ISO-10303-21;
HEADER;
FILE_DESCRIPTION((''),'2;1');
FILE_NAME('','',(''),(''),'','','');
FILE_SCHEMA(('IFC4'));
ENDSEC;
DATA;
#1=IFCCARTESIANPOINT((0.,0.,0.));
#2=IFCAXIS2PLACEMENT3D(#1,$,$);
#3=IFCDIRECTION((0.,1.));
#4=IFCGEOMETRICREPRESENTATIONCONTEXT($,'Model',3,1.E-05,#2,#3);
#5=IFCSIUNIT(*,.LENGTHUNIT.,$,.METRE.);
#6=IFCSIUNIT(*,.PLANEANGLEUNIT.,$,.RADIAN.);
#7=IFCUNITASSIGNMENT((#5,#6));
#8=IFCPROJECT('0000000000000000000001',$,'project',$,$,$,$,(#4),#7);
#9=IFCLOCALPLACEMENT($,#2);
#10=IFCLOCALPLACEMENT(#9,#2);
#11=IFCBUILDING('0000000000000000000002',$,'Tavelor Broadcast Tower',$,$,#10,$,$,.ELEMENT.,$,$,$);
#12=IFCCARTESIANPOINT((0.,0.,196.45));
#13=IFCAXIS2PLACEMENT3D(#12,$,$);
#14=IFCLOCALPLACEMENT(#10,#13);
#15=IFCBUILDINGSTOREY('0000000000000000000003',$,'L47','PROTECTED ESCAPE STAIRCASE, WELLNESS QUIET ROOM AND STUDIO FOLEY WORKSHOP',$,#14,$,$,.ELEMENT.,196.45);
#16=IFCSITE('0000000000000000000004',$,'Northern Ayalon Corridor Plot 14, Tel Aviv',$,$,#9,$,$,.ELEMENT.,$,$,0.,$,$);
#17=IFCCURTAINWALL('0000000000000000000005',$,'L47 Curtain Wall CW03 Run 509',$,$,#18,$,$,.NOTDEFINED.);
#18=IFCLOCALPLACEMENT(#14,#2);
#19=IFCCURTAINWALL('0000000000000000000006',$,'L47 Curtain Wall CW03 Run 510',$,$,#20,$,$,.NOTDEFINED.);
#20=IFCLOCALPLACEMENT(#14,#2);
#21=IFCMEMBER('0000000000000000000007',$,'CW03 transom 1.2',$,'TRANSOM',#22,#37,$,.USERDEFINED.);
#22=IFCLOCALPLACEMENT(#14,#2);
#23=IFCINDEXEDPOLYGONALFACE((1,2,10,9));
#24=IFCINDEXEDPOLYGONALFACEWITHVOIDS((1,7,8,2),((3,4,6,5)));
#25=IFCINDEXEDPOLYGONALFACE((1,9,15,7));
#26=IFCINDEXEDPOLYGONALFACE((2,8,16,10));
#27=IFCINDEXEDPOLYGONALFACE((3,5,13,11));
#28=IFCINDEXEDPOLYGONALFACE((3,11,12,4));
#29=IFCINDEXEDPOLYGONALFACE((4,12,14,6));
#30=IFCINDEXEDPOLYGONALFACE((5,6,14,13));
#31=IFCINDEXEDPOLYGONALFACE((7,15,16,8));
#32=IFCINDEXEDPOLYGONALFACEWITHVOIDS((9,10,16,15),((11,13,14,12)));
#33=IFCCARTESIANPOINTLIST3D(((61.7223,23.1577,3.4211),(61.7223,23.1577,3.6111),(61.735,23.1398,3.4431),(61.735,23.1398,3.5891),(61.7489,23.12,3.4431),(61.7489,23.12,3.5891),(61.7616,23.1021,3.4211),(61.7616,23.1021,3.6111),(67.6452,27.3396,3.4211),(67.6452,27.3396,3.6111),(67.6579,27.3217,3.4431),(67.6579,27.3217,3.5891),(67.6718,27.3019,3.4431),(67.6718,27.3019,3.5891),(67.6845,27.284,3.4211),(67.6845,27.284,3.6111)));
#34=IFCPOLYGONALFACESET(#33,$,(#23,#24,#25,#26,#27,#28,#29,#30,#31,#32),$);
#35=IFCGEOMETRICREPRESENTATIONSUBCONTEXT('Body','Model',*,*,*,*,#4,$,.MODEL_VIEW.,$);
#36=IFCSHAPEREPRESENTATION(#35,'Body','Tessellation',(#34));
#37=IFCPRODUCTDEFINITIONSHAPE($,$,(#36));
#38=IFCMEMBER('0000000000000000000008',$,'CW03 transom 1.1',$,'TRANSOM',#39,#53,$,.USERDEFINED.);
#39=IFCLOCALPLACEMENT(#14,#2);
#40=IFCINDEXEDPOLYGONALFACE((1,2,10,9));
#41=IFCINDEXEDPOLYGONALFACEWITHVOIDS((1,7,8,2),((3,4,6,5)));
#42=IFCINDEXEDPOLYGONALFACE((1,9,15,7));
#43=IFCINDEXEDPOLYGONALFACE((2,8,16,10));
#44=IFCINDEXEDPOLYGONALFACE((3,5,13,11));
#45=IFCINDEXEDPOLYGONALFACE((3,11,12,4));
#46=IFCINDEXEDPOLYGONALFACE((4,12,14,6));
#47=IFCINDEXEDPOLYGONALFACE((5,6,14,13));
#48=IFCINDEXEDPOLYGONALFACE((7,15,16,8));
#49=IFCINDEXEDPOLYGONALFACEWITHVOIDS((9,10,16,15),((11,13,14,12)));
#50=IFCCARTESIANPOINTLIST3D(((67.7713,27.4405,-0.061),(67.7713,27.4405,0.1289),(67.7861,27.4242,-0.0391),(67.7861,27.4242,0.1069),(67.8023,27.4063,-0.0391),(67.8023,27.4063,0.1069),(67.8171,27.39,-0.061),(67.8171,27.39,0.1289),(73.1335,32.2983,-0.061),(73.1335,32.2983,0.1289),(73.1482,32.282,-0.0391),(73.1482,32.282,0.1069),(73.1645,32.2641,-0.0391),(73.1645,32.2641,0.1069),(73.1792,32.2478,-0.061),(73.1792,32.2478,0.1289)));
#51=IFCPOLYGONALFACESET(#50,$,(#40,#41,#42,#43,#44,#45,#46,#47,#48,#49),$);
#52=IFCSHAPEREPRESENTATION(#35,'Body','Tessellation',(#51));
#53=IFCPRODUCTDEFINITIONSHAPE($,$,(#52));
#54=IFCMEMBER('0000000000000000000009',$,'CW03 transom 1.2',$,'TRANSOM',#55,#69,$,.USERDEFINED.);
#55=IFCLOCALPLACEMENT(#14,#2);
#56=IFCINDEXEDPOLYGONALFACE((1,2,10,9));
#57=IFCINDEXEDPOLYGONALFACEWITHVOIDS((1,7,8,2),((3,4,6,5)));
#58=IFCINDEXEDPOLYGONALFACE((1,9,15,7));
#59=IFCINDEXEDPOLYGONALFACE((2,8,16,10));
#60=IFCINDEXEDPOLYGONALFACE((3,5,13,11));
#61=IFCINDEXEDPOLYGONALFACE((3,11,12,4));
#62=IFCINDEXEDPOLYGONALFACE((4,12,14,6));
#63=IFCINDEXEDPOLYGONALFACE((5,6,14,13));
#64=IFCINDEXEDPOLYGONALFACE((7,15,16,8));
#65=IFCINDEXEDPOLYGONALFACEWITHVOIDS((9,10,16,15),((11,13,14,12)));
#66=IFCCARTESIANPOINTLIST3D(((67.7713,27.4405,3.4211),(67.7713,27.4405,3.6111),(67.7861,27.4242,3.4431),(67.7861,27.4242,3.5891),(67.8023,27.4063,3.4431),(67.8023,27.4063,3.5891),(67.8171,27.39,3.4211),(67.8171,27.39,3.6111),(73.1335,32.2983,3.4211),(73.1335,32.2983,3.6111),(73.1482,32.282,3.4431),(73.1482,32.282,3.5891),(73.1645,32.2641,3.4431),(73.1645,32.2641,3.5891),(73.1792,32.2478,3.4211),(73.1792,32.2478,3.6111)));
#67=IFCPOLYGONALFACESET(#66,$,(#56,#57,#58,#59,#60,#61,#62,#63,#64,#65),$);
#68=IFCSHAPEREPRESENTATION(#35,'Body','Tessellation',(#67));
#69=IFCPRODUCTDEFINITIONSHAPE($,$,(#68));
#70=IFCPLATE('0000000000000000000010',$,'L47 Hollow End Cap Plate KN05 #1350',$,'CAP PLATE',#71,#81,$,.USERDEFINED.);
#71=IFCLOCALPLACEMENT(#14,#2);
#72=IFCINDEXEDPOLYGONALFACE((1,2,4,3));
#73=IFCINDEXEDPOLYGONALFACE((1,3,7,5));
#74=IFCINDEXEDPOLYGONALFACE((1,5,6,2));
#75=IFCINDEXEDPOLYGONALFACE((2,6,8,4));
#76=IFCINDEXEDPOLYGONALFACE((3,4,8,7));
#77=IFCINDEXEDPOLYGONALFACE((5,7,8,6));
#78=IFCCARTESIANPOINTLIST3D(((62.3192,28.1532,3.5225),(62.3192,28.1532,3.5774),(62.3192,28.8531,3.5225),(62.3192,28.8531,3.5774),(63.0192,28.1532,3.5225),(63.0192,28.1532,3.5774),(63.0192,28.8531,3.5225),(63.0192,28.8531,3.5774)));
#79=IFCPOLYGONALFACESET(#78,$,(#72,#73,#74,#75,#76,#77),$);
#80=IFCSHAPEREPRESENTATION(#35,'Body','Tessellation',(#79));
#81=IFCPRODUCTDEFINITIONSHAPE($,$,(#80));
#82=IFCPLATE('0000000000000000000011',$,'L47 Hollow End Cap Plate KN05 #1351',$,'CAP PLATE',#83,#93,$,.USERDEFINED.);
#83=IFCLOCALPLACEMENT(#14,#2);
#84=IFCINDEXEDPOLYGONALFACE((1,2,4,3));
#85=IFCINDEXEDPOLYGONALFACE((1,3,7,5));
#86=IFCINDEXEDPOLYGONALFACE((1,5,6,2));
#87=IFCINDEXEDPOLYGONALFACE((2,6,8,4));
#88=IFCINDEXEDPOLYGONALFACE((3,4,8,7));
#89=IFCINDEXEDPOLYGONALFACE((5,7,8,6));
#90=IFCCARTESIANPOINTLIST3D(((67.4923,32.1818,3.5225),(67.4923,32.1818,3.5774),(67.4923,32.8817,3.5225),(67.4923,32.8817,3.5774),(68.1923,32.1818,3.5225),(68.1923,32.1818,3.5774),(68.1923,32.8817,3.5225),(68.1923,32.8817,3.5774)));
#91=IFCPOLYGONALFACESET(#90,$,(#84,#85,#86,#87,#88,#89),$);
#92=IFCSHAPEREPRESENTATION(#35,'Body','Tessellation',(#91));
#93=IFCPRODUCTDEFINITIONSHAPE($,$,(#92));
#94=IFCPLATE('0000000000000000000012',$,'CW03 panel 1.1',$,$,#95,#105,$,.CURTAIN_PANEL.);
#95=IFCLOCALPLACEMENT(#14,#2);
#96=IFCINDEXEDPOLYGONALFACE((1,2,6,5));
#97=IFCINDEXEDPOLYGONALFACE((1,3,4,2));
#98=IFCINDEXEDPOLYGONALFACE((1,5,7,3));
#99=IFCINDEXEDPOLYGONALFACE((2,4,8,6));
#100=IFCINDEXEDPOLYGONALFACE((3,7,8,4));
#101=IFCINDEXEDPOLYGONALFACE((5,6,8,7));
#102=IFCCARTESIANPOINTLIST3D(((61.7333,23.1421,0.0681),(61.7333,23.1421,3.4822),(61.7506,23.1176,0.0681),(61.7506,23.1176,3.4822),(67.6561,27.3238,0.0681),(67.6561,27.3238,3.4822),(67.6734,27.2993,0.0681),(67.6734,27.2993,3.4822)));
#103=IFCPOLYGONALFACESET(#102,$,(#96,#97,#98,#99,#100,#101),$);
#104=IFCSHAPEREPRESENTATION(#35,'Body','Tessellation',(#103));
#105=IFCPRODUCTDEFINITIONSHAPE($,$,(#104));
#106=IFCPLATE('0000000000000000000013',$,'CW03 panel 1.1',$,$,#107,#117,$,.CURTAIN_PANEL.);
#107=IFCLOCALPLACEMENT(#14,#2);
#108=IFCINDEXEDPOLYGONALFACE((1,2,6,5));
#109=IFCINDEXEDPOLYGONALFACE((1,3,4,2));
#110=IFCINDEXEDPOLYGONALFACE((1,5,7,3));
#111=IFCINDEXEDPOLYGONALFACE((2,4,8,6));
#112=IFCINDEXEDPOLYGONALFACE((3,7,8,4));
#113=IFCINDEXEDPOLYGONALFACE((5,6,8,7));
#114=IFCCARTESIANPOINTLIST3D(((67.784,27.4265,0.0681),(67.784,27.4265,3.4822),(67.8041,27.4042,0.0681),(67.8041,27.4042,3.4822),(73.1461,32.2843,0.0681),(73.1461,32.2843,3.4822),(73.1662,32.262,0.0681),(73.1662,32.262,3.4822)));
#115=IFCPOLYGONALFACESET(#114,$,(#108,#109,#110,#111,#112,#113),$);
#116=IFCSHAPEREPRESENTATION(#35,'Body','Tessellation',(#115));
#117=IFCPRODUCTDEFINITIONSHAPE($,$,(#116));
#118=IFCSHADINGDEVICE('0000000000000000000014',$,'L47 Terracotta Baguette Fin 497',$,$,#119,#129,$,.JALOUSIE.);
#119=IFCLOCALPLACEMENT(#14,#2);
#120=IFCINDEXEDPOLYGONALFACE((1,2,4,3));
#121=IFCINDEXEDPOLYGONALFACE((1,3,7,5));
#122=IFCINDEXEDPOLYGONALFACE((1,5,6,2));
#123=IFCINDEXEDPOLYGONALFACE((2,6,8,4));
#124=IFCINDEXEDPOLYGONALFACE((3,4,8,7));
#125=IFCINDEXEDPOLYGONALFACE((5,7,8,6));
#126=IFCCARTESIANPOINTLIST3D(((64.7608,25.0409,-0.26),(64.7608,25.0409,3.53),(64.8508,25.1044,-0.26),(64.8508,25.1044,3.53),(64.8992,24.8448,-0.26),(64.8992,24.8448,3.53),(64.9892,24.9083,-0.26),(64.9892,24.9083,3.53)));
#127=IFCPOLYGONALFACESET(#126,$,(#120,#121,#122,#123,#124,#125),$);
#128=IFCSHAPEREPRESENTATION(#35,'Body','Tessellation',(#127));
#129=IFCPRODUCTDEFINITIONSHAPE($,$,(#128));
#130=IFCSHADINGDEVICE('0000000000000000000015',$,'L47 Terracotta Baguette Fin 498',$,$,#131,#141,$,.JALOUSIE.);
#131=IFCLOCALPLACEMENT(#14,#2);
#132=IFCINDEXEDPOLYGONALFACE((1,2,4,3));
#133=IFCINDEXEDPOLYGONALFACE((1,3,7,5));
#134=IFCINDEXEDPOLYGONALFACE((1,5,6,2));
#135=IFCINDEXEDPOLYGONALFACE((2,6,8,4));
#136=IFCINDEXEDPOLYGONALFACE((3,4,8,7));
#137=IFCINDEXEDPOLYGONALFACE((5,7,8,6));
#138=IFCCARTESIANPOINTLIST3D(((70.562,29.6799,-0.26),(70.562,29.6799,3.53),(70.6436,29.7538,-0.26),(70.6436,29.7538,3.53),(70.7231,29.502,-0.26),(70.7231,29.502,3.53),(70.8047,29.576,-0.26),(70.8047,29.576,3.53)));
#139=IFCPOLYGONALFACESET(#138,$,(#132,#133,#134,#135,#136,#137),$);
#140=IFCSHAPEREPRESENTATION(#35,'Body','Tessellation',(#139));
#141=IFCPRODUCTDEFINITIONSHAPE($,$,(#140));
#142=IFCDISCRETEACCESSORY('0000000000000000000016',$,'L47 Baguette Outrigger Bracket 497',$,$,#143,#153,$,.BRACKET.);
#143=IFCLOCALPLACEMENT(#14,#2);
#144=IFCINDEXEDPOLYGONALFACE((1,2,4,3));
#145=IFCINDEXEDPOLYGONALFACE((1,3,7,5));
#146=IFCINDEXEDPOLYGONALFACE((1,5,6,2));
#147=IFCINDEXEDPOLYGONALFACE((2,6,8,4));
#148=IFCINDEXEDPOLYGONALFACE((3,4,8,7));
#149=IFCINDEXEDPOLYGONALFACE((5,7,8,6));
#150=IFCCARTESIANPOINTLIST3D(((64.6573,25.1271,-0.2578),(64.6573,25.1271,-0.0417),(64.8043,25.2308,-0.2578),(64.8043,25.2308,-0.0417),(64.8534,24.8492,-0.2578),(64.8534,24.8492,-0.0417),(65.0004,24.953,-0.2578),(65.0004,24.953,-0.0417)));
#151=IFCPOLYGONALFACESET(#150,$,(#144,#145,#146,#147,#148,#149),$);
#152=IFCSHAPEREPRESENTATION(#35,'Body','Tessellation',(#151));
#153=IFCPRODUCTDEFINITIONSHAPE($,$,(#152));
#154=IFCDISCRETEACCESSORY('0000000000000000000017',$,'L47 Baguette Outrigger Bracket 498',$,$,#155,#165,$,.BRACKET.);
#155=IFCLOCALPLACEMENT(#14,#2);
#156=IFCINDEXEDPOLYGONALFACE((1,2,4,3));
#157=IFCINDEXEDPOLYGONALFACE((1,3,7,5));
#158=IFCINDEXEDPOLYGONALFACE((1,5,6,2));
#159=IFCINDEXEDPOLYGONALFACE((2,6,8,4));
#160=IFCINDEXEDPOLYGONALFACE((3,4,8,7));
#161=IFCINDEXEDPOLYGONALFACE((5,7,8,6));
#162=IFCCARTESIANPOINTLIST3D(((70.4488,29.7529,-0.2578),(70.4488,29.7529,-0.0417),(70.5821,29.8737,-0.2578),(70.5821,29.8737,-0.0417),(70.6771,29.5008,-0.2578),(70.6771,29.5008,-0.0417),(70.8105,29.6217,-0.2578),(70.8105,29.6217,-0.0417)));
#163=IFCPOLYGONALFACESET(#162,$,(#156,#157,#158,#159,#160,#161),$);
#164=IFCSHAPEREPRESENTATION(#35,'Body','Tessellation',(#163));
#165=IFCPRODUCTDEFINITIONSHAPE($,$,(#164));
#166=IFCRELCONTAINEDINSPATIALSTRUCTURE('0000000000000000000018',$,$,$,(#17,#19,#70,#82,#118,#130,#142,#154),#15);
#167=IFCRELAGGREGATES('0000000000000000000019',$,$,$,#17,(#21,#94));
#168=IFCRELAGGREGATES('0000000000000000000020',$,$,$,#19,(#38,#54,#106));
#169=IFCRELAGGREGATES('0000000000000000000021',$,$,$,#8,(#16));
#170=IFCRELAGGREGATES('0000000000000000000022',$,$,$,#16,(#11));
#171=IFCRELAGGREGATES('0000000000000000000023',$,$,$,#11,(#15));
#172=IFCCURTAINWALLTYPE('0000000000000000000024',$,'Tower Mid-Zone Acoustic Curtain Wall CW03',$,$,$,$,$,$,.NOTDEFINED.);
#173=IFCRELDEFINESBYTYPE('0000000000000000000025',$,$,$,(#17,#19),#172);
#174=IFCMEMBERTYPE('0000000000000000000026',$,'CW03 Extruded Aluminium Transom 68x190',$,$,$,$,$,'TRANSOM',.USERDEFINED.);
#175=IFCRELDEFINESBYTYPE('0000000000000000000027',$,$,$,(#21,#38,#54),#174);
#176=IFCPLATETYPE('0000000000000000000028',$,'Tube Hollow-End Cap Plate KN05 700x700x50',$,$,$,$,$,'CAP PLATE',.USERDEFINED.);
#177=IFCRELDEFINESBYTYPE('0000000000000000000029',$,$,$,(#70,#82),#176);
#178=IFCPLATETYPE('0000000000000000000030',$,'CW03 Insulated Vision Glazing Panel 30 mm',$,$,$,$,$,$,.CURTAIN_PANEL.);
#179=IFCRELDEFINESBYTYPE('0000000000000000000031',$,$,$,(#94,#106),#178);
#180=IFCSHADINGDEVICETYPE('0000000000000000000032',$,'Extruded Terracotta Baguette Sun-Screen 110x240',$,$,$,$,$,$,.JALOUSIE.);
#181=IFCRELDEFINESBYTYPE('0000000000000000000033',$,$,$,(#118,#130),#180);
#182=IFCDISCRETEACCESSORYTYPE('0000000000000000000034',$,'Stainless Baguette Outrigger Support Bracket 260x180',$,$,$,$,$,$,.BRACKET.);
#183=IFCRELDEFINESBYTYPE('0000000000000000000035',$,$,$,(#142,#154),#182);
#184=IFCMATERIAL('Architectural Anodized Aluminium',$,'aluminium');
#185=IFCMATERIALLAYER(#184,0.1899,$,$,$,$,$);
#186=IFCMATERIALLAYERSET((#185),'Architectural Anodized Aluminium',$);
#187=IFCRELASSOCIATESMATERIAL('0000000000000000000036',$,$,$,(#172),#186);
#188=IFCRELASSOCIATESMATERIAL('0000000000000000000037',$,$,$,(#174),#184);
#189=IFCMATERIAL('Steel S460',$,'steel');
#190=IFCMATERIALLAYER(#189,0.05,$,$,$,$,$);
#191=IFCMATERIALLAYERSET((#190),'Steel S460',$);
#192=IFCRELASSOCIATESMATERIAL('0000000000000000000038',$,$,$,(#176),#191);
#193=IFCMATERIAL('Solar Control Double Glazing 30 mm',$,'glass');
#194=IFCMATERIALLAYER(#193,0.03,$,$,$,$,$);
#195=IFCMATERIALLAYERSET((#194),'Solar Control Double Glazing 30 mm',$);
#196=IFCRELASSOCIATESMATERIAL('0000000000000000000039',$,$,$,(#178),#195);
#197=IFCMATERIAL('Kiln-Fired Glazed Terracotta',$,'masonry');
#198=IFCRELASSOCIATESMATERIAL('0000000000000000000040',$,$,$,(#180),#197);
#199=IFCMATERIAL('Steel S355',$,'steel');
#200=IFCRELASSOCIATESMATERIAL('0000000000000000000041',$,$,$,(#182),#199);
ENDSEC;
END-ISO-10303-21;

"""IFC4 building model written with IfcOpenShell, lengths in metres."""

from ifc_helpers import new_model, si_unit, direction, frame, origin, origin_2d, place, context, subcontext, project, spatial, rectangle, hollow_rectangle, extrude, source, transform, mapped, material, layer, layer_set, material_profile, profile_set, type_object, type_shapes, element, aggregate, save


model = new_model("IFC4")

# Units and contexts
model_context = context("Model", 3, precision=1e-05, world=origin(), true_north=direction((0.0, 1.0)))
body_context = subcontext(model_context, "Body", "Model", "MODEL_VIEW")
ifc_project = project(units=[si_unit("LENGTHUNIT", "METRE"), si_unit("PLANEANGLEUNIT", "RADIAN")], contexts=[model_context])

# Site, building, storey
site_placement = place(None, origin())
site = spatial("IfcSite", under=ifc_project, at=site_placement, Name="Northern Ayalon Corridor Plot 14, Tel Aviv", CompositionType="ELEMENT", RefElevation=0.0)
building_placement = place(site_placement, origin())
building = spatial("IfcBuilding", under=site, at=building_placement, Name="Tavelor Broadcast Tower", CompositionType="ELEMENT")
storey_placement = place(building_placement, frame((0.0, 0.0, 196.45)))
storey = spatial("IfcBuildingStorey", under=building, at=storey_placement, Name="L47", Description="PROTECTED ESCAPE STAIRCASE, WELLNESS QUIET ROOM AND STUDIO FOLEY WORKSHOP", CompositionType="ELEMENT", Elevation=196.45)

# Shared definitions
ifc_material_1 = material(Name="Steel S460", Category="steel")

# Shared definitions
ifc_material_2 = material(Name="Steel S355", Category="steel")

# Curtain wall
ifc_material_3 = material(Name="Architectural Anodized Aluminium", Category="aluminium")
ifc_layer_1 = layer(ifc_material_3, 0.1899)
ifc_layer_set_1 = layer_set([ifc_layer_1], Name="Architectural Anodized Aluminium")
curtain_wall_type = type_object("IfcCurtainWallType", Name="Tower Mid-Zone Acoustic Curtain Wall CW03", PredefinedType="NOTDEFINED", material=ifc_layer_set_1)
curtain_wall_1_placement = place(storey_placement, origin())
curtain_wall_1 = element("IfcCurtainWall", 1, at=curtain_wall_1_placement, inside=storey, type_object=curtain_wall_type, Name="L47 Curtain Wall CW03 Run 509", PredefinedType="NOTDEFINED")

# Curtain wall
curtain_wall_2_placement = place(storey_placement, origin())
curtain_wall_2 = element("IfcCurtainWall", 2, at=curtain_wall_2_placement, inside=storey, type_object=curtain_wall_type, Name="L47 Curtain Wall CW03 Run 510", PredefinedType="NOTDEFINED")
ifc_material_profile_1 = material_profile(ifc_material_3, hollow_rectangle(XDim=0.0681, YDim=0.1899, WallThickness=0.022, at=origin_2d()), Name="RHS 68x190x22")
ifc_profile_set_1 = profile_set([ifc_material_profile_1], Name="Architectural Anodized Aluminium")
member_type_1 = type_object("IfcMemberType", Name="CW03 Extruded Aluminium Transom 68x190", ElementType="TRANSOM", PredefinedType="USERDEFINED", material=ifc_profile_set_1)

# Members
shared_shape_1 = source(origin(), body_context, "Body", "SweptSolid", [
    extrude(hollow_rectangle(XDim=0.0681, YDim=0.1899, WallThickness=0.022, at=origin_2d()), origin(), (0.0, 0.0, 1.0), 7.2505),
])
member_1_placement = place(storey_placement, frame((61.7419, 23.1299, 3.5161), z_axis=(0.8169, 0.57678, 0.0), x_axis=(-0.57678, 0.8169, 0.0)))
member_1 = element("IfcMember", 3, at=member_1_placement, type_object=member_type_1, Name="CW03 transom 1.2", ObjectType="TRANSOM", PredefinedType="USERDEFINED", context=body_context, shape_type="MappedRepresentation", body=[
    mapped(shared_shape_1, transform((0.0, 0.0, 0.0), scale=1.0)),
])
shared_shape_2 = source(origin(), body_context, "Body", "SweptSolid", [
    extrude(hollow_rectangle(XDim=0.0681, YDim=0.1899, WallThickness=0.022, at=origin_2d()), origin(), (0.0, 0.0, 1.0), 7.2354),
])
member_2_placement = place(storey_placement, frame((67.7942, 27.4153, 0.0339), z_axis=(0.741104, 0.67139, 0.0), x_axis=(-0.67139, 0.741104, 0.0)))
member_2 = element("IfcMember", 4, at=member_2_placement, type_object=member_type_1, Name="CW03 transom 1.1", ObjectType="TRANSOM", PredefinedType="USERDEFINED", context=body_context, shape_type="MappedRepresentation", body=[
    mapped(shared_shape_2, transform((0.0, 0.0, 0.0), scale=1.0)),
])
member_3_placement = place(storey_placement, frame((67.7942, 27.4153, 3.5161), z_axis=(0.741104, 0.67139, 0.0), x_axis=(-0.67139, 0.741104, 0.0)))
member_3 = element("IfcMember", 5, at=member_3_placement, type_object=member_type_1, Name="CW03 transom 1.2", ObjectType="TRANSOM", PredefinedType="USERDEFINED", context=body_context, shape_type="MappedRepresentation", body=[
    mapped(shared_shape_2, transform((0.0, 0.0, 0.0), scale=1.0)),
])

# Plates
ifc_layer_2 = layer(ifc_material_1, 0.05)
ifc_layer_set_2 = layer_set([ifc_layer_2], Name="Steel S460")
plate_type_1 = type_object("IfcPlateType", Name="Tube Hollow-End Cap Plate KN05 700x700x50", ElementType="CAP PLATE", PredefinedType="USERDEFINED", material=ifc_layer_set_2)
shared_shape_3 = source(origin(), body_context, "Body", "SweptSolid", [
    extrude(rectangle(XDim=0.7, YDim=0.7, at=origin_2d()), origin(), (0.0, 0.0, 1.0), 0.0549),
])
type_shapes(plate_type_1, [shared_shape_3])
for number, where, z_axis, x_axis, name in (
    (6, (62.6692, 28.5032, 3.5225), (0.0, 0.0, 1.0), (1.0, 0.0, 0.0), "L47 Hollow End Cap Plate KN05 #1350"),
    (7, (67.8423, 32.5317, 3.5225), (0.0, 0.0, 1.0), (1.0, 0.0, 0.0), "L47 Hollow End Cap Plate KN05 #1351"),
):
    element("IfcPlate", number, at=place(storey_placement, frame(where, z_axis=z_axis, x_axis=x_axis)), inside=storey, type_object=plate_type_1, Name=name, ObjectType="CAP PLATE", PredefinedType="USERDEFINED", context=body_context, shape_type="MappedRepresentation", body=[
        mapped(shared_shape_3, transform((0.0, 0.0, 0.0), scale=1.0)),
    ])

# Plates
ifc_material_4 = material(Name="Solar Control Double Glazing 30 mm", Category="glass")
ifc_layer_3 = layer(ifc_material_4, 0.03)
ifc_layer_set_3 = layer_set([ifc_layer_3], Name="Solar Control Double Glazing 30 mm")
plate_type_2 = type_object("IfcPlateType", Name="CW03 Insulated Vision Glazing Panel 30 mm", PredefinedType="CURTAIN_PANEL", material=ifc_layer_set_3)
shared_shape_4 = source(origin(), body_context, "Body", "SweptSolid", [
    extrude(rectangle(XDim=7.2502, YDim=0.03, at=origin_2d()), origin(), (0.0, 0.0, 1.0), 3.4141),
])
plate_1_placement = place(storey_placement, frame((64.7034, 25.2207, 0.0681), z_axis=(0.0, 0.0, 1.0), x_axis=(0.816906, 0.576771, 0.0)))
plate_1 = element("IfcPlate", 8, at=plate_1_placement, type_object=plate_type_2, Name="CW03 panel 1.1", PredefinedType="CURTAIN_PANEL", context=body_context, shape_type="MappedRepresentation", body=[
    mapped(shared_shape_4, transform((0.0, 0.0, 0.0), scale=1.0)),
])
aggregate(curtain_wall_1, [member_1, plate_1])
shared_shape_5 = source(origin(), body_context, "Body", "SweptSolid", [
    extrude(rectangle(XDim=7.2354, YDim=0.03, at=origin_2d()), origin(), (0.0, 0.0, 1.0), 3.4141),
])
type_shapes(plate_type_2, [shared_shape_4, shared_shape_5])
plate_2_placement = place(storey_placement, frame((70.4751, 29.8442, 0.0681), z_axis=(0.0, 0.0, 1.0), x_axis=(0.741099, 0.671396, 0.0)))
plate_2 = element("IfcPlate", 9, at=plate_2_placement, type_object=plate_type_2, Name="CW03 panel 1.1", PredefinedType="CURTAIN_PANEL", context=body_context, shape_type="MappedRepresentation", body=[
    mapped(shared_shape_5, transform((0.0, 0.0, 0.0), scale=1.0)),
])
aggregate(curtain_wall_2, [member_2, member_3, plate_2])

# Shading devices
ifc_material_5 = material(Name="Kiln-Fired Glazed Terracotta", Category="masonry")
shading_device_type = type_object("IfcShadingDeviceType", Name="Extruded Terracotta Baguette Sun-Screen 110x240", PredefinedType="JALOUSIE", material=ifc_material_5)
shared_shape_6 = source(origin(), body_context, "Body", "SweptSolid", [
    extrude(rectangle(XDim=0.1101, YDim=0.24, at=origin_2d()), origin(), (0.0, 0.0, 1.0), 3.79),
])
type_shapes(shading_device_type, [shared_shape_6])
for number, where, z_axis, x_axis, name in (
    (10, (64.875, 24.9746, -0.26), (0.0, 0.0, 1.0), (0.816944, 0.576718, 0.0), "L47 Terracotta Baguette Fin 497"),
    (11, (70.6833, 29.6279, -0.26), (0.0, 0.0, 1.0), (0.741039, 0.671462, 0.0), "L47 Terracotta Baguette Fin 498"),
):
    element("IfcShadingDevice", number, at=place(storey_placement, frame(where, z_axis=z_axis, x_axis=x_axis)), inside=storey, type_object=shading_device_type, Name=name, PredefinedType="JALOUSIE", context=body_context, shape_type="MappedRepresentation", body=[
        mapped(shared_shape_6, transform((0.0, 0.0, 0.0), scale=1.0)),
    ])

# Discrete accessories
discrete_accessory_type = type_object("IfcDiscreteAccessoryType", Name="Stainless Baguette Outrigger Support Bracket 260x180", PredefinedType="BRACKET", material=ifc_material_2)
shared_shape_7 = source(origin(), body_context, "Body", "SweptSolid", [
    extrude(rectangle(XDim=0.1799, YDim=0.3401, at=origin_2d()), origin(), (0.0, 0.0, 1.0), 0.2161),
])
type_shapes(discrete_accessory_type, [shared_shape_7])
for number, where, z_axis, x_axis, name in (
    (12, (64.8289, 25.04, -0.2578), (0.0, 0.0, 1.0), (0.816944, 0.576718, 0.0), "L47 Baguette Outrigger Bracket 497"),
    (13, (70.6296, 29.6873, -0.2578), (0.0, 0.0, 1.0), (0.741039, 0.671462, 0.0), "L47 Baguette Outrigger Bracket 498"),
):
    element("IfcDiscreteAccessory", number, at=place(storey_placement, frame(where, z_axis=z_axis, x_axis=x_axis)), inside=storey, type_object=discrete_accessory_type, Name=name, PredefinedType="BRACKET", context=body_context, shape_type="MappedRepresentation", body=[
        mapped(shared_shape_7, transform((0.0, 0.0, 0.0), scale=1.0)),
    ])

save(model, "model.ifc")
